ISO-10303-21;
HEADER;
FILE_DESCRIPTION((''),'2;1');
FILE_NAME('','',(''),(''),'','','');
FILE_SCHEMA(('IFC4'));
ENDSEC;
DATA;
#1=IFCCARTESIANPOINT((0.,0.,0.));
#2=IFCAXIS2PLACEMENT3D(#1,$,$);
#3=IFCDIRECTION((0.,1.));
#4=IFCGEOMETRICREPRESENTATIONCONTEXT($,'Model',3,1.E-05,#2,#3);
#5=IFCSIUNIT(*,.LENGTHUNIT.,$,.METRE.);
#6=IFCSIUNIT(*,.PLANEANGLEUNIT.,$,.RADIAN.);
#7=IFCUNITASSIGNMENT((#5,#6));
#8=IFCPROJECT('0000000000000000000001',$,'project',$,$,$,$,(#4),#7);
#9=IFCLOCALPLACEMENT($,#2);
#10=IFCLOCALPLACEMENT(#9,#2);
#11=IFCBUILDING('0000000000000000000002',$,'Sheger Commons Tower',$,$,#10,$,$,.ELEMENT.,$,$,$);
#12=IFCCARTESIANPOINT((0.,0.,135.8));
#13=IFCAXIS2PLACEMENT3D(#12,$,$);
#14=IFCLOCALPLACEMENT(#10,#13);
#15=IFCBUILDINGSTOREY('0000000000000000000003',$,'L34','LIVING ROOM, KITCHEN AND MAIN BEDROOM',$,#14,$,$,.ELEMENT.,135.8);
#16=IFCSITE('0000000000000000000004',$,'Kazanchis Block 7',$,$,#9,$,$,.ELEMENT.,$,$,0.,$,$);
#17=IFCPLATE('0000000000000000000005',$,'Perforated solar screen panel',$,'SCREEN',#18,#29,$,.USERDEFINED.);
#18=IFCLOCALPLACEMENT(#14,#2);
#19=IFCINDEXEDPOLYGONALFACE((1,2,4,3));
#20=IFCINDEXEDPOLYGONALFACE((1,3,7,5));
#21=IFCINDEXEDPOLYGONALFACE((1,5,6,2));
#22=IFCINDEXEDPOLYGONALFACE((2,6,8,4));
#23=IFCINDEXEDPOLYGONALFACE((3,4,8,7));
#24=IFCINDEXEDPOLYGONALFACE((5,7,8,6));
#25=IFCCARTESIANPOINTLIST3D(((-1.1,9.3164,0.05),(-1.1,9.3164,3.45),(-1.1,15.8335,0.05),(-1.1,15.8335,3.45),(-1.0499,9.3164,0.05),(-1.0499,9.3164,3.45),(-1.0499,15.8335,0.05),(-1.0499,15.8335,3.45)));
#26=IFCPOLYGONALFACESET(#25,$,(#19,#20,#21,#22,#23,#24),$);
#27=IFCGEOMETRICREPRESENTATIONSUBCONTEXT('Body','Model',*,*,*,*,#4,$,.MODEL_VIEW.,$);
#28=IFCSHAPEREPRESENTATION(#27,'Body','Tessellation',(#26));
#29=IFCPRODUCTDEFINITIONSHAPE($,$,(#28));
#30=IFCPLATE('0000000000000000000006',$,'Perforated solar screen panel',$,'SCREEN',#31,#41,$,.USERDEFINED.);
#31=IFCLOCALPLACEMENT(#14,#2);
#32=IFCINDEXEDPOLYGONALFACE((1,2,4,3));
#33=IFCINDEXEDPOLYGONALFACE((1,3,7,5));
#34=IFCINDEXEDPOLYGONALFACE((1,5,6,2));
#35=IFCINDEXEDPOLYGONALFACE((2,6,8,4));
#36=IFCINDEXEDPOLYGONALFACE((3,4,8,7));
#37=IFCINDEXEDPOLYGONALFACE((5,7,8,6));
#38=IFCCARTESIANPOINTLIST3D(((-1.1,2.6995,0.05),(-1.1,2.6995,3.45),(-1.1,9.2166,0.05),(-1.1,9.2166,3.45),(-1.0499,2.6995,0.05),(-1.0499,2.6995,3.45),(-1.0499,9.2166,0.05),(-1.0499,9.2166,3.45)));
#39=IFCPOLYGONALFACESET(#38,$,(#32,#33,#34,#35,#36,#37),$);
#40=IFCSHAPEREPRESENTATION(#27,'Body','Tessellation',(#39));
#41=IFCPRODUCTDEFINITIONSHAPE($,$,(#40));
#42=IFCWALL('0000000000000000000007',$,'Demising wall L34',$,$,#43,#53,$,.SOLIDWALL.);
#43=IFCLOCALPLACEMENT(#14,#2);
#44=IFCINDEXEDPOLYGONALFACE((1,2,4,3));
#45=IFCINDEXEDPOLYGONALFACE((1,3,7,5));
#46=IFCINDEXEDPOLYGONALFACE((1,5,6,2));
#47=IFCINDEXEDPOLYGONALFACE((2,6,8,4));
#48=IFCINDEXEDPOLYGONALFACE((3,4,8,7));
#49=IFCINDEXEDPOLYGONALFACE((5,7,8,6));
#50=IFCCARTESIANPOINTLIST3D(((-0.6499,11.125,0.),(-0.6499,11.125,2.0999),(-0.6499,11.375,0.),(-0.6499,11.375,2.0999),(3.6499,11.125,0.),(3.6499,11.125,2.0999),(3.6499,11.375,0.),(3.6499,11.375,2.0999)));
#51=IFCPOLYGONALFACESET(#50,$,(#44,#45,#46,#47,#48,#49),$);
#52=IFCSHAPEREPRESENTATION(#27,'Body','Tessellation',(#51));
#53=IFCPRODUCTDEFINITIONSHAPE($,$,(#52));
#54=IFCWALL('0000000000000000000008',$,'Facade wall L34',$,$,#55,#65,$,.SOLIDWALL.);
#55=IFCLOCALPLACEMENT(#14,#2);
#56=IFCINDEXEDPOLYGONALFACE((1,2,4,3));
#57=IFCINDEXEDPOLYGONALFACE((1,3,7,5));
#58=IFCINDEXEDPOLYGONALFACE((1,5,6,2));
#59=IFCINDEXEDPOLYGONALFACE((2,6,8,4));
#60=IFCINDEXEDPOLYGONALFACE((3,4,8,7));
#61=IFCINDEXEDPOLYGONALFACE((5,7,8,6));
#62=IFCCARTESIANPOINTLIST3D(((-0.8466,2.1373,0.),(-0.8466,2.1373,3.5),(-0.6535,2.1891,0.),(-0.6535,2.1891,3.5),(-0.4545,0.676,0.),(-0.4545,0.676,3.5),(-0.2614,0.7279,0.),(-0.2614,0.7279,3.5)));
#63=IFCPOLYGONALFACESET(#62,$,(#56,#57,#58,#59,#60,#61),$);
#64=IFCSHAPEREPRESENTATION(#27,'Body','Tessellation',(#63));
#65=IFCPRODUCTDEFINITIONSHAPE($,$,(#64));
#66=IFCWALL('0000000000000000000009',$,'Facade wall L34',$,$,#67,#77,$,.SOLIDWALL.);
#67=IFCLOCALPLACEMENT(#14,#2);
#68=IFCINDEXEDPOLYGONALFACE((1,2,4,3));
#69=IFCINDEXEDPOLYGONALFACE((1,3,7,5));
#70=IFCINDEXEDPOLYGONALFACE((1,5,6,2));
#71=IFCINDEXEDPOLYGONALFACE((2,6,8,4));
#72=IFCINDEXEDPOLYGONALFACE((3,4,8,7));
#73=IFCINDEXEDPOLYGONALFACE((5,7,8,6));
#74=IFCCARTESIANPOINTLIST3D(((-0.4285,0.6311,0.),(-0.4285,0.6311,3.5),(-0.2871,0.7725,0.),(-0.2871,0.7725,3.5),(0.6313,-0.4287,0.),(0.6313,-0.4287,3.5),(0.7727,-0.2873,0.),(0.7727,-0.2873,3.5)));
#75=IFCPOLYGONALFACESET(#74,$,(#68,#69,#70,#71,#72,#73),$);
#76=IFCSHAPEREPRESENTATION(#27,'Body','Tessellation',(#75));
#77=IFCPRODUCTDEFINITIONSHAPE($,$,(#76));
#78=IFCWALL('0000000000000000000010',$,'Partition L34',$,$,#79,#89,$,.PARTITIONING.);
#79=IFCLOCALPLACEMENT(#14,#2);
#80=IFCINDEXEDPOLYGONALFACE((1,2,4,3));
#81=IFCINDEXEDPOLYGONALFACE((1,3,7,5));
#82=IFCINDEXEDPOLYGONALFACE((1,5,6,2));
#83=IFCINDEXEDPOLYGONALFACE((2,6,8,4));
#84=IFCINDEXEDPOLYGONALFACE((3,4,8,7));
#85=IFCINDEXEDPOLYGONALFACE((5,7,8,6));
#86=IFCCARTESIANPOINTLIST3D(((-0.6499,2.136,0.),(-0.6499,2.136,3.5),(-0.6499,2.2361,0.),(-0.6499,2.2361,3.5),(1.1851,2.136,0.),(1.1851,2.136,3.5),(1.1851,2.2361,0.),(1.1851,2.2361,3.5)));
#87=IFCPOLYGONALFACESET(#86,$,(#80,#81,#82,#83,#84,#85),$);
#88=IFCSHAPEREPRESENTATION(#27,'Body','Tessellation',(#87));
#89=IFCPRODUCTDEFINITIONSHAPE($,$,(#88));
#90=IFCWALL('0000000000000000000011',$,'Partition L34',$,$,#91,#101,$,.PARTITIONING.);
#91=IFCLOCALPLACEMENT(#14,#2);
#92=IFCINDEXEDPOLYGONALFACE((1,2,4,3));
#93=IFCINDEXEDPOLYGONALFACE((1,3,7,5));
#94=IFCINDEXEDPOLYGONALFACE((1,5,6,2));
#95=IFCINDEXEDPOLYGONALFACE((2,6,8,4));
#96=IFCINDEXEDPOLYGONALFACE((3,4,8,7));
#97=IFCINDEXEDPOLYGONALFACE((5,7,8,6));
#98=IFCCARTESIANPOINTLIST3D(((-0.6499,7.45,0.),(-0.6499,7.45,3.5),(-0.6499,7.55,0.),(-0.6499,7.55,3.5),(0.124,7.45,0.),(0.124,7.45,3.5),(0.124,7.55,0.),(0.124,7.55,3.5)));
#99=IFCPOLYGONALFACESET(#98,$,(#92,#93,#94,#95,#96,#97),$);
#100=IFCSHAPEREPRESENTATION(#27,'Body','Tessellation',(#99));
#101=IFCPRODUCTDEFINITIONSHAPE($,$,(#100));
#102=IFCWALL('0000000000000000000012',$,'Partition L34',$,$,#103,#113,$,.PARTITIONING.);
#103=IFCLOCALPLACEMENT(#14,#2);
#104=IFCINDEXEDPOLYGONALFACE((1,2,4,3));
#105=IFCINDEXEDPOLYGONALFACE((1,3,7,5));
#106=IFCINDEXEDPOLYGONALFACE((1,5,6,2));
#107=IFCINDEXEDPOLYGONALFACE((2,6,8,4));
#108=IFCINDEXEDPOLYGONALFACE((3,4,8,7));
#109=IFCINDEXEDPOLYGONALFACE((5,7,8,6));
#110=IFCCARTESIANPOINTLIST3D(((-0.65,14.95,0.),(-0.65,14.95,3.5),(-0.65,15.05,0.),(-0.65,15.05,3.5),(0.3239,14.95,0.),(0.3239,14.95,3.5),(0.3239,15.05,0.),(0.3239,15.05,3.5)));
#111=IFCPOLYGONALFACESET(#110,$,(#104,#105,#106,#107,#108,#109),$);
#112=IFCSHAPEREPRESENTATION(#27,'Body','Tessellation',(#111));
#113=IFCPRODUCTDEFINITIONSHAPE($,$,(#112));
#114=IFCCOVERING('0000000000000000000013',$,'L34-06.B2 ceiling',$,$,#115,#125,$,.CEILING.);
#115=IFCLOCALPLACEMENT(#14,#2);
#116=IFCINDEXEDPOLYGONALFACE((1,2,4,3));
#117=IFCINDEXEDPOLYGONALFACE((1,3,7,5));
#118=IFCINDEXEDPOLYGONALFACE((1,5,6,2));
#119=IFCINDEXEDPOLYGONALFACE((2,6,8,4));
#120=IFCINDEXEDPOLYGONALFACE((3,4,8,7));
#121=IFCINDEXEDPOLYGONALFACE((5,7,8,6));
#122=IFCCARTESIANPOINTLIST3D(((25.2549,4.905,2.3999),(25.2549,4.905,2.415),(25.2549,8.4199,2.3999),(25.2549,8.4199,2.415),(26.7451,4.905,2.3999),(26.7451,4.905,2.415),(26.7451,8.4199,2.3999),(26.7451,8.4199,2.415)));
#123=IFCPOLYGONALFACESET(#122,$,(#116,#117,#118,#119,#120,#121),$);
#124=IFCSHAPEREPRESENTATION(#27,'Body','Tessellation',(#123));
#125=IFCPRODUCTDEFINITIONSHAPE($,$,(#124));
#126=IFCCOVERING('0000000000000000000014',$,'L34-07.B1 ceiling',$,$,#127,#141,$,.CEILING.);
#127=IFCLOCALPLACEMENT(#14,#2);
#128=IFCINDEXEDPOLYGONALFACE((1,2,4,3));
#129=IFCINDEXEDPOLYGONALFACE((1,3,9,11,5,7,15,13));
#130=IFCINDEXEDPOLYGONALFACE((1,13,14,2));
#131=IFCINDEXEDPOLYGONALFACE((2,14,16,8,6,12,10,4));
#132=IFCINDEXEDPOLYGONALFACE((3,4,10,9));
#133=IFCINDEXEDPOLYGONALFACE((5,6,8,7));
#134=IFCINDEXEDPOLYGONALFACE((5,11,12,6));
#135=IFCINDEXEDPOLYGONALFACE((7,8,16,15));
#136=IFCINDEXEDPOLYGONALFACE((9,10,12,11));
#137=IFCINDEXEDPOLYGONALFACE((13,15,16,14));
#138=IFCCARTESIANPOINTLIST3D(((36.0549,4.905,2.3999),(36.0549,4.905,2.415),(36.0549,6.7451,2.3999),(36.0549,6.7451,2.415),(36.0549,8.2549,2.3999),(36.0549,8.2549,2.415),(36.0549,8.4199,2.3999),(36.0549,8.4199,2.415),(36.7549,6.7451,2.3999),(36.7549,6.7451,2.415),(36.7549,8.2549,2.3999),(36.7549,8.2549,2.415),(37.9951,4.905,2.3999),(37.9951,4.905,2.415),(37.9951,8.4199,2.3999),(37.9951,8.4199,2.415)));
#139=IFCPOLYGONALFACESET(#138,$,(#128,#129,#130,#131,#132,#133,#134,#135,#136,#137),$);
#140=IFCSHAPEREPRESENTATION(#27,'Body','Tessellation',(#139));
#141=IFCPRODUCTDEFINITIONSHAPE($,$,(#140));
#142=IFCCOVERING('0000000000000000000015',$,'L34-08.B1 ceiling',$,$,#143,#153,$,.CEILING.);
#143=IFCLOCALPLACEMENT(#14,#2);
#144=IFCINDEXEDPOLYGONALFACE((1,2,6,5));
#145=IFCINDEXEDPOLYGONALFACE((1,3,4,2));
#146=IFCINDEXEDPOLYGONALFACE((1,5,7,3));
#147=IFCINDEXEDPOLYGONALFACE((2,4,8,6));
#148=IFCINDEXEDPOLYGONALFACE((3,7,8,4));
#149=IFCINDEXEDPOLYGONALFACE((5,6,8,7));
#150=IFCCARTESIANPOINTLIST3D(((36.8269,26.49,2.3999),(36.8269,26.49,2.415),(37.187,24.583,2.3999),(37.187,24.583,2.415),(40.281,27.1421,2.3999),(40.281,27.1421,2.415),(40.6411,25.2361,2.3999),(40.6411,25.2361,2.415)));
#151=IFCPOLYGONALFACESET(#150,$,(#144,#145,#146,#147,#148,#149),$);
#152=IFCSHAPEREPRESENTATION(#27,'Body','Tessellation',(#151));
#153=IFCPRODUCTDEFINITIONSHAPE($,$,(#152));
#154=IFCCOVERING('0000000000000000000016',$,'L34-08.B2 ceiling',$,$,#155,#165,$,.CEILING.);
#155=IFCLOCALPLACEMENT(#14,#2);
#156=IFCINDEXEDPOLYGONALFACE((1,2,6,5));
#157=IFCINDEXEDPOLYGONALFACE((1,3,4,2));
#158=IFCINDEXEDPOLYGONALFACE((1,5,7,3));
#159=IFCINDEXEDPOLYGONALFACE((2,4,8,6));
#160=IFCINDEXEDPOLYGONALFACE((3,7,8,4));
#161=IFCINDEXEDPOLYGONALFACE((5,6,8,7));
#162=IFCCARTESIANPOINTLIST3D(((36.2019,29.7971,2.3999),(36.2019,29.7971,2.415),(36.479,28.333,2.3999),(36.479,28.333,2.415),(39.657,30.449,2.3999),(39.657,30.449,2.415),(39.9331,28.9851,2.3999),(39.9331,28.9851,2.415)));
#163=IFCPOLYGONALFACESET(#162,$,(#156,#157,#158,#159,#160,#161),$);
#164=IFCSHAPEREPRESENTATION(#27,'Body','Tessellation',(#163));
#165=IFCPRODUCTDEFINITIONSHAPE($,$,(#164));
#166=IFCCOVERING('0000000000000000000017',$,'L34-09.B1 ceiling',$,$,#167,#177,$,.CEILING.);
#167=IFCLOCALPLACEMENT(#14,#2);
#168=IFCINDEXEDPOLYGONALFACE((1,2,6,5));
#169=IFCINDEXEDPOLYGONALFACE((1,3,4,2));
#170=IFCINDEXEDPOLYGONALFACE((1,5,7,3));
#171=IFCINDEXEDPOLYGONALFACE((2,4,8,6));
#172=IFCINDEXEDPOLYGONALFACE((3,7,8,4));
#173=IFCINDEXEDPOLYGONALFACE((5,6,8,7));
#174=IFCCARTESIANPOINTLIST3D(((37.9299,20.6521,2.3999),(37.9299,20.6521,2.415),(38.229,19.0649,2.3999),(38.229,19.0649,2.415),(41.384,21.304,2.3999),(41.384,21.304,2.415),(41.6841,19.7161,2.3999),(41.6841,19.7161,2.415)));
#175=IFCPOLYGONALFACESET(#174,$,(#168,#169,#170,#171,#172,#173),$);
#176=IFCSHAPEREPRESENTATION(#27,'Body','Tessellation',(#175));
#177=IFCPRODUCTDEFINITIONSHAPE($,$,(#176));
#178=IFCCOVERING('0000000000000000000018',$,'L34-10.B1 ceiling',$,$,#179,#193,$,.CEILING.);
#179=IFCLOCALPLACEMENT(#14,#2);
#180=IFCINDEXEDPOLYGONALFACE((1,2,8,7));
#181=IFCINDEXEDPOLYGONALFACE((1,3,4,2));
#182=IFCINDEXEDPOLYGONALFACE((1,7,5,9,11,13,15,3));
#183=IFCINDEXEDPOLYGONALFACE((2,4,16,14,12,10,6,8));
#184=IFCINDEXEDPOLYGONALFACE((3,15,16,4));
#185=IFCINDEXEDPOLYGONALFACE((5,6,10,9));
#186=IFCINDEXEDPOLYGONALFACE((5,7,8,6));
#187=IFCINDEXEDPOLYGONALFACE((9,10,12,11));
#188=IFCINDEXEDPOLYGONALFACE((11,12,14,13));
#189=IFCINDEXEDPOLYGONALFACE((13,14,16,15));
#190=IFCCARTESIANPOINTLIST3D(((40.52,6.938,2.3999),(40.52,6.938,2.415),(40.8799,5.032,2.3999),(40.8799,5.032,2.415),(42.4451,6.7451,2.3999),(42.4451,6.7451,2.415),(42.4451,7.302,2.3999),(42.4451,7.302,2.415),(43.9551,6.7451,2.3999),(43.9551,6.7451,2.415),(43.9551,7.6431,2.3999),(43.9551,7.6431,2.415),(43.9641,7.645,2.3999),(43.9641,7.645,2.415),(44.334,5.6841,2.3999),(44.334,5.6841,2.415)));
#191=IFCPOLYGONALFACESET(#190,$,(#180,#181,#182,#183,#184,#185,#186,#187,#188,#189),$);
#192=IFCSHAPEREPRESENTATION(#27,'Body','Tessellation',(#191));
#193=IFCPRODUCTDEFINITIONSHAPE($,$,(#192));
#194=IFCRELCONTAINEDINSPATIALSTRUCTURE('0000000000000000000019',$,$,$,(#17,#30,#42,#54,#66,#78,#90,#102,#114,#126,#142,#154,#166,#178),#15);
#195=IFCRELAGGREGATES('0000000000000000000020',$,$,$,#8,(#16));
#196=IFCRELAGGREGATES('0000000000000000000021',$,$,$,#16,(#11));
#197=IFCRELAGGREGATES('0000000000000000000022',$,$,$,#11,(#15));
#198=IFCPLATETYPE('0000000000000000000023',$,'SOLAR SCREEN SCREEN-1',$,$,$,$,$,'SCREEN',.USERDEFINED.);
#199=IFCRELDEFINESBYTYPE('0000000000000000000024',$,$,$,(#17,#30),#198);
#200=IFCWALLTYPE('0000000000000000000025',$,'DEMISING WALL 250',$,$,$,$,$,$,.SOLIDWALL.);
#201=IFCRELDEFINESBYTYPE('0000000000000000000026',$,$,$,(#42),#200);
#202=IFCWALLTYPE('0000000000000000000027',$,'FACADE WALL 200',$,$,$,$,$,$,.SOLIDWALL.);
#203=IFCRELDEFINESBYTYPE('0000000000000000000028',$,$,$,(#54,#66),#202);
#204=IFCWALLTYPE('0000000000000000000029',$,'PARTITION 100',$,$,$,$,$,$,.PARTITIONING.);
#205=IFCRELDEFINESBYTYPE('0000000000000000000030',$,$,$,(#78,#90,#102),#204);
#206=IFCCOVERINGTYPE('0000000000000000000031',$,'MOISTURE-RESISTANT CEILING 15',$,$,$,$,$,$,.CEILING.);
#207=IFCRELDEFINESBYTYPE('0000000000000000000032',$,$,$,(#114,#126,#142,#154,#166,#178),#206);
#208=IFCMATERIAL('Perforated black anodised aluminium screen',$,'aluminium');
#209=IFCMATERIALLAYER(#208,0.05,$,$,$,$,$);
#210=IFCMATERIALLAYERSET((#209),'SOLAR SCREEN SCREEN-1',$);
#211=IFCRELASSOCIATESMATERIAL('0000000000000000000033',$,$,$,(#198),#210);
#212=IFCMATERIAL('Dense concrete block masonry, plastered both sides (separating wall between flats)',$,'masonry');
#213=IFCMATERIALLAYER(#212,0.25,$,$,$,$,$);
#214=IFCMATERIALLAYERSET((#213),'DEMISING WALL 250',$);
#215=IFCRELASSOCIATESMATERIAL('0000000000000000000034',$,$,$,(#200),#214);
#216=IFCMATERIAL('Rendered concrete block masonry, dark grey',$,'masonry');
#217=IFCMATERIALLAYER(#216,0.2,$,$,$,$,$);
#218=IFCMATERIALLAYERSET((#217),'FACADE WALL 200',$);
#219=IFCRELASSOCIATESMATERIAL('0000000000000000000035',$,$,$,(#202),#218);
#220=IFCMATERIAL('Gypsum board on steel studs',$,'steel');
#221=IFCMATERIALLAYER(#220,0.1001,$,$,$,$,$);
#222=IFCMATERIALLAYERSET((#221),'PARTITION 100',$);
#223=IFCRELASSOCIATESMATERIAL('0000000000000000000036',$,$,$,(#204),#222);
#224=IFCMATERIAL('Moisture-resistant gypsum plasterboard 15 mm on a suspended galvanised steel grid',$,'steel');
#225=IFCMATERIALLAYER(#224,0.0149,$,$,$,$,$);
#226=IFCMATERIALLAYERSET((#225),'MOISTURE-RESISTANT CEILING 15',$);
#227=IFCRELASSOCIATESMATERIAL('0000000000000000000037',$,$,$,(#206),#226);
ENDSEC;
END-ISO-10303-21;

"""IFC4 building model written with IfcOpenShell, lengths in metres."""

from ifc_helpers import new_model, si_unit, direction, frame, frame_2d, origin, origin_2d, place, context, subcontext, project, spatial, polyline, rectangle, outline, extrude, material, layer, layer_set, type_object, element, save


model = new_model("IFC4")

# Units and contexts
model_context = context("Model", 3, precision=1e-05, world=origin(), true_north=direction((0.0, 1.0)))
body_context = subcontext(model_context, "Body", "Model", "MODEL_VIEW")
ifc_project = project(units=[si_unit("LENGTHUNIT", "METRE"), si_unit("PLANEANGLEUNIT", "RADIAN")], contexts=[model_context])

# Site, building, storey
site_placement = place(None, origin())
site = spatial("IfcSite", under=ifc_project, at=site_placement, Name="Kazanchis Block 7", CompositionType="ELEMENT", RefElevation=0.0)
building_placement = place(site_placement, origin())
building = spatial("IfcBuilding", under=site, at=building_placement, Name="Sheger Commons Tower", CompositionType="ELEMENT")
storey_placement = place(building_placement, frame((0.0, 0.0, 135.8)))
storey = spatial("IfcBuildingStorey", under=building, at=storey_placement, Name="L34", Description="LIVING ROOM, KITCHEN AND MAIN BEDROOM", CompositionType="ELEMENT", Elevation=135.8)

# Plates
ifc_material_1 = material(Name="Perforated black anodised aluminium screen", Category="aluminium")
ifc_layer_1 = layer(ifc_material_1, 0.05)
ifc_layer_set_1 = layer_set([ifc_layer_1], Name="SOLAR SCREEN SCREEN-1")
plate_type = type_object("IfcPlateType", Name="SOLAR SCREEN SCREEN-1", ElementType="SCREEN", PredefinedType="USERDEFINED", material=ifc_layer_set_1)
for number, where, z_axis, x_axis, name in (
    (1, (-1.075, 12.575, 0.05), (0.0, 0.0, 1.0), (0.0, -1.0, 0.0), "Perforated solar screen panel"),
    (2, (-1.075, 5.958, 0.05), (0.0, 0.0, 1.0), (0.0, -1.0, 0.0), "Perforated solar screen panel"),
):
    element("IfcPlate", number, at=place(storey_placement, frame(where, z_axis=z_axis, x_axis=x_axis)), inside=storey, type_object=plate_type, Name=name, ObjectType="SCREEN", PredefinedType="USERDEFINED", context=body_context, shape_type="SweptSolid", body=[
        extrude(rectangle(XDim=6.5171, YDim=0.05, at=origin_2d()), origin(), (0.0, 0.0, 1.0), 3.3999),
    ])

# Walls
ifc_material_2 = material(Name="Dense concrete block masonry, plastered both sides (separating wall between flats)", Category="masonry")
ifc_layer_2 = layer(ifc_material_2, 0.25)
ifc_layer_set_2 = layer_set([ifc_layer_2], Name="DEMISING WALL 250")
wall_type_1 = type_object("IfcWallType", Name="DEMISING WALL 250", PredefinedType="SOLIDWALL", material=ifc_layer_set_2)
wall_1_placement = place(storey_placement, frame((-0.6499, 11.25, 0.0), z_axis=(0.0, 0.0, 1.0), x_axis=(1.0, 0.0, 0.0)))
element("IfcWall", 3, at=wall_1_placement, inside=storey, type_object=wall_type_1, Name="Demising wall L34", PredefinedType="SOLIDWALL", context=body_context, shape_type="SweptSolid", body=[
    extrude(rectangle(XDim=4.2998, YDim=0.25, at=frame_2d((2.1499, 0.0))), origin(), (0.0, 0.0, 1.0), 2.0999),
])
ifc_material_3 = material(Name="Rendered concrete block masonry, dark grey", Category="masonry")
ifc_layer_3 = layer(ifc_material_3, 0.2)
ifc_layer_set_3 = layer_set([ifc_layer_3], Name="FACADE WALL 200")
wall_type_2 = type_object("IfcWallType", Name="FACADE WALL 200", PredefinedType="SOLIDWALL", material=ifc_layer_set_3)
wall_2_placement = place(storey_placement, frame((-0.75, 2.1631, 0.0), z_axis=(0.0, 0.0, 1.0), x_axis=(0.259169, -0.965832, 0.0)))
element("IfcWall", 4, at=wall_2_placement, inside=storey, type_object=wall_type_2, Name="Facade wall L34", PredefinedType="SOLIDWALL", context=body_context, shape_type="SweptSolid", body=[
    extrude(rectangle(XDim=1.5129, YDim=0.2, at=frame_2d((0.7563, 0.0))), origin(), (0.0, 0.0, 1.0), 3.5),
])
wall_3_placement = place(storey_placement, frame((-0.3579, 0.7019, 0.0), z_axis=(0.0, 0.0, 1.0), x_axis=(0.707107, -0.707107, 0.0)))
element("IfcWall", 5, at=wall_3_placement, inside=storey, type_object=wall_type_2, Name="Facade wall L34", PredefinedType="SOLIDWALL", context=body_context, shape_type="SweptSolid", body=[
    extrude(rectangle(XDim=1.4988, YDim=0.2, at=frame_2d((0.7495, 0.0))), origin(), (0.0, 0.0, 1.0), 3.5),
])
ifc_material_4 = material(Name="Gypsum board on steel studs", Category="steel")
ifc_layer_4 = layer(ifc_material_4, 0.1001)
ifc_layer_set_4 = layer_set([ifc_layer_4], Name="PARTITION 100")
wall_type_3 = type_object("IfcWallType", Name="PARTITION 100", PredefinedType="PARTITIONING", material=ifc_layer_set_4)
wall_4_placement = place(storey_placement, frame((-0.6499, 2.186, 0.0), z_axis=(0.0, 0.0, 1.0), x_axis=(1.0, 0.0, 0.0)))
element("IfcWall", 6, at=wall_4_placement, inside=storey, type_object=wall_type_3, Name="Partition L34", PredefinedType="PARTITIONING", context=body_context, shape_type="SweptSolid", body=[
    extrude(rectangle(XDim=1.835, YDim=0.1001, at=frame_2d((0.9175, 0.0))), origin(), (0.0, 0.0, 1.0), 3.5),
])
wall_5_placement = place(storey_placement, frame((-0.6499, 7.5, 0.0), z_axis=(0.0, 0.0, 1.0), x_axis=(1.0, 0.0, 0.0)))
element("IfcWall", 7, at=wall_5_placement, inside=storey, type_object=wall_type_3, Name="Partition L34", PredefinedType="PARTITIONING", context=body_context, shape_type="SweptSolid", body=[
    extrude(rectangle(XDim=0.7739, YDim=0.1001, at=frame_2d((0.387, 0.0))), origin(), (0.0, 0.0, 1.0), 3.5),
])
wall_6_placement = place(storey_placement, frame((-0.6499, 15.0, 0.0), z_axis=(0.0, 0.0, 1.0), x_axis=(1.0, 0.0, 0.0)))
element("IfcWall", 8, at=wall_6_placement, inside=storey, type_object=wall_type_3, Name="Partition L34", PredefinedType="PARTITIONING", context=body_context, shape_type="SweptSolid", body=[
    extrude(rectangle(XDim=0.9739, YDim=0.1001, at=frame_2d((0.4868, 0.0))), origin(), (0.0, 0.0, 1.0), 3.5),
])

# Coverings
ifc_material_5 = material(Name="Moisture-resistant gypsum plasterboard 15 mm on a suspended galvanised steel grid", Category="steel")
ifc_layer_5 = layer(ifc_material_5, 0.0149)
ifc_layer_set_5 = layer_set([ifc_layer_5], Name="MOISTURE-RESISTANT CEILING 15")
covering_type_1 = type_object("IfcCoveringType", Name="MOISTURE-RESISTANT CEILING 15", PredefinedType="CEILING", material=ifc_layer_set_5)
covering_1_placement = place(storey_placement, frame((0.0, 0.0, 2.3999)))
element("IfcCovering", 9, at=covering_1_placement, inside=storey, type_object=covering_type_1, Name="L34-06.B2 ceiling", PredefinedType="CEILING", context=body_context, shape_type="SweptSolid", body=[
    extrude(outline(polyline([(25.2549, 4.905), (26.7451, 4.905), (26.7451, 8.4199), (25.2549, 8.4199), (25.2549, 4.905)])), origin(), (0.0, 0.0, 1.0), 0.0151),
])
covering_2_placement = place(storey_placement, frame((0.0, 0.0, 2.3999)))
element("IfcCovering", 10, at=covering_2_placement, inside=storey, type_object=covering_type_1, Name="L34-07.B1 ceiling", PredefinedType="CEILING", context=body_context, shape_type="SweptSolid", body=[
    extrude(outline(polyline([(36.0549, 4.905), (37.9951, 4.905), (37.9951, 8.4199), (36.0549, 8.4199), (36.0549, 8.2549), (36.7549, 8.2549), (36.7549, 6.7451), (36.0549, 6.7451), (36.0549, 4.905)])), origin(), (0.0, 0.0, 1.0), 0.0151),
])
covering_3_placement = place(storey_placement, frame((0.0, 0.0, 2.3999)))
element("IfcCovering", 11, at=covering_3_placement, inside=storey, type_object=covering_type_1, Name="L34-08.B1 ceiling", PredefinedType="CEILING", context=body_context, shape_type="SweptSolid", body=[
    extrude(outline(polyline([(37.187, 24.583), (40.6411, 25.2361), (40.281, 27.1421), (36.8269, 26.49), (37.187, 24.583)])), origin(), (0.0, 0.0, 1.0), 0.0151),
])
covering_4_placement = place(storey_placement, frame((0.0, 0.0, 2.3999)))
element("IfcCovering", 12, at=covering_4_placement, inside=storey, type_object=covering_type_1, Name="L34-08.B2 ceiling", PredefinedType="CEILING", context=body_context, shape_type="SweptSolid", body=[
    extrude(outline(polyline([(36.479, 28.333), (39.9331, 28.9851), (39.657, 30.449), (36.2019, 29.7971), (36.479, 28.333)])), origin(), (0.0, 0.0, 1.0), 0.0151),
])
covering_5_placement = place(storey_placement, frame((0.0, 0.0, 2.3999)))
element("IfcCovering", 13, at=covering_5_placement, inside=storey, type_object=covering_type_1, Name="L34-09.B1 ceiling", PredefinedType="CEILING", context=body_context, shape_type="SweptSolid", body=[
    extrude(outline(polyline([(38.229, 19.0649), (41.6841, 19.7161), (41.384, 21.304), (37.9299, 20.6521), (38.229, 19.0649)])), origin(), (0.0, 0.0, 1.0), 0.0151),
])
covering_6_placement = place(storey_placement, frame((0.0, 0.0, 2.3999)))
element("IfcCovering", 14, at=covering_6_placement, inside=storey, type_object=covering_type_1, Name="L34-10.B1 ceiling", PredefinedType="CEILING", context=body_context, shape_type="SweptSolid", body=[
    extrude(outline(polyline([(40.8799, 5.032), (44.334, 5.6841), (43.9641, 7.645), (43.9551, 7.6431), (43.9551, 6.7451), (42.4451, 6.7451), (42.4451, 7.302), (40.52, 6.938), (40.8799, 5.032)])), origin(), (0.0, 0.0, 1.0), 0.0151),
])

save(model, "model.ifc")
